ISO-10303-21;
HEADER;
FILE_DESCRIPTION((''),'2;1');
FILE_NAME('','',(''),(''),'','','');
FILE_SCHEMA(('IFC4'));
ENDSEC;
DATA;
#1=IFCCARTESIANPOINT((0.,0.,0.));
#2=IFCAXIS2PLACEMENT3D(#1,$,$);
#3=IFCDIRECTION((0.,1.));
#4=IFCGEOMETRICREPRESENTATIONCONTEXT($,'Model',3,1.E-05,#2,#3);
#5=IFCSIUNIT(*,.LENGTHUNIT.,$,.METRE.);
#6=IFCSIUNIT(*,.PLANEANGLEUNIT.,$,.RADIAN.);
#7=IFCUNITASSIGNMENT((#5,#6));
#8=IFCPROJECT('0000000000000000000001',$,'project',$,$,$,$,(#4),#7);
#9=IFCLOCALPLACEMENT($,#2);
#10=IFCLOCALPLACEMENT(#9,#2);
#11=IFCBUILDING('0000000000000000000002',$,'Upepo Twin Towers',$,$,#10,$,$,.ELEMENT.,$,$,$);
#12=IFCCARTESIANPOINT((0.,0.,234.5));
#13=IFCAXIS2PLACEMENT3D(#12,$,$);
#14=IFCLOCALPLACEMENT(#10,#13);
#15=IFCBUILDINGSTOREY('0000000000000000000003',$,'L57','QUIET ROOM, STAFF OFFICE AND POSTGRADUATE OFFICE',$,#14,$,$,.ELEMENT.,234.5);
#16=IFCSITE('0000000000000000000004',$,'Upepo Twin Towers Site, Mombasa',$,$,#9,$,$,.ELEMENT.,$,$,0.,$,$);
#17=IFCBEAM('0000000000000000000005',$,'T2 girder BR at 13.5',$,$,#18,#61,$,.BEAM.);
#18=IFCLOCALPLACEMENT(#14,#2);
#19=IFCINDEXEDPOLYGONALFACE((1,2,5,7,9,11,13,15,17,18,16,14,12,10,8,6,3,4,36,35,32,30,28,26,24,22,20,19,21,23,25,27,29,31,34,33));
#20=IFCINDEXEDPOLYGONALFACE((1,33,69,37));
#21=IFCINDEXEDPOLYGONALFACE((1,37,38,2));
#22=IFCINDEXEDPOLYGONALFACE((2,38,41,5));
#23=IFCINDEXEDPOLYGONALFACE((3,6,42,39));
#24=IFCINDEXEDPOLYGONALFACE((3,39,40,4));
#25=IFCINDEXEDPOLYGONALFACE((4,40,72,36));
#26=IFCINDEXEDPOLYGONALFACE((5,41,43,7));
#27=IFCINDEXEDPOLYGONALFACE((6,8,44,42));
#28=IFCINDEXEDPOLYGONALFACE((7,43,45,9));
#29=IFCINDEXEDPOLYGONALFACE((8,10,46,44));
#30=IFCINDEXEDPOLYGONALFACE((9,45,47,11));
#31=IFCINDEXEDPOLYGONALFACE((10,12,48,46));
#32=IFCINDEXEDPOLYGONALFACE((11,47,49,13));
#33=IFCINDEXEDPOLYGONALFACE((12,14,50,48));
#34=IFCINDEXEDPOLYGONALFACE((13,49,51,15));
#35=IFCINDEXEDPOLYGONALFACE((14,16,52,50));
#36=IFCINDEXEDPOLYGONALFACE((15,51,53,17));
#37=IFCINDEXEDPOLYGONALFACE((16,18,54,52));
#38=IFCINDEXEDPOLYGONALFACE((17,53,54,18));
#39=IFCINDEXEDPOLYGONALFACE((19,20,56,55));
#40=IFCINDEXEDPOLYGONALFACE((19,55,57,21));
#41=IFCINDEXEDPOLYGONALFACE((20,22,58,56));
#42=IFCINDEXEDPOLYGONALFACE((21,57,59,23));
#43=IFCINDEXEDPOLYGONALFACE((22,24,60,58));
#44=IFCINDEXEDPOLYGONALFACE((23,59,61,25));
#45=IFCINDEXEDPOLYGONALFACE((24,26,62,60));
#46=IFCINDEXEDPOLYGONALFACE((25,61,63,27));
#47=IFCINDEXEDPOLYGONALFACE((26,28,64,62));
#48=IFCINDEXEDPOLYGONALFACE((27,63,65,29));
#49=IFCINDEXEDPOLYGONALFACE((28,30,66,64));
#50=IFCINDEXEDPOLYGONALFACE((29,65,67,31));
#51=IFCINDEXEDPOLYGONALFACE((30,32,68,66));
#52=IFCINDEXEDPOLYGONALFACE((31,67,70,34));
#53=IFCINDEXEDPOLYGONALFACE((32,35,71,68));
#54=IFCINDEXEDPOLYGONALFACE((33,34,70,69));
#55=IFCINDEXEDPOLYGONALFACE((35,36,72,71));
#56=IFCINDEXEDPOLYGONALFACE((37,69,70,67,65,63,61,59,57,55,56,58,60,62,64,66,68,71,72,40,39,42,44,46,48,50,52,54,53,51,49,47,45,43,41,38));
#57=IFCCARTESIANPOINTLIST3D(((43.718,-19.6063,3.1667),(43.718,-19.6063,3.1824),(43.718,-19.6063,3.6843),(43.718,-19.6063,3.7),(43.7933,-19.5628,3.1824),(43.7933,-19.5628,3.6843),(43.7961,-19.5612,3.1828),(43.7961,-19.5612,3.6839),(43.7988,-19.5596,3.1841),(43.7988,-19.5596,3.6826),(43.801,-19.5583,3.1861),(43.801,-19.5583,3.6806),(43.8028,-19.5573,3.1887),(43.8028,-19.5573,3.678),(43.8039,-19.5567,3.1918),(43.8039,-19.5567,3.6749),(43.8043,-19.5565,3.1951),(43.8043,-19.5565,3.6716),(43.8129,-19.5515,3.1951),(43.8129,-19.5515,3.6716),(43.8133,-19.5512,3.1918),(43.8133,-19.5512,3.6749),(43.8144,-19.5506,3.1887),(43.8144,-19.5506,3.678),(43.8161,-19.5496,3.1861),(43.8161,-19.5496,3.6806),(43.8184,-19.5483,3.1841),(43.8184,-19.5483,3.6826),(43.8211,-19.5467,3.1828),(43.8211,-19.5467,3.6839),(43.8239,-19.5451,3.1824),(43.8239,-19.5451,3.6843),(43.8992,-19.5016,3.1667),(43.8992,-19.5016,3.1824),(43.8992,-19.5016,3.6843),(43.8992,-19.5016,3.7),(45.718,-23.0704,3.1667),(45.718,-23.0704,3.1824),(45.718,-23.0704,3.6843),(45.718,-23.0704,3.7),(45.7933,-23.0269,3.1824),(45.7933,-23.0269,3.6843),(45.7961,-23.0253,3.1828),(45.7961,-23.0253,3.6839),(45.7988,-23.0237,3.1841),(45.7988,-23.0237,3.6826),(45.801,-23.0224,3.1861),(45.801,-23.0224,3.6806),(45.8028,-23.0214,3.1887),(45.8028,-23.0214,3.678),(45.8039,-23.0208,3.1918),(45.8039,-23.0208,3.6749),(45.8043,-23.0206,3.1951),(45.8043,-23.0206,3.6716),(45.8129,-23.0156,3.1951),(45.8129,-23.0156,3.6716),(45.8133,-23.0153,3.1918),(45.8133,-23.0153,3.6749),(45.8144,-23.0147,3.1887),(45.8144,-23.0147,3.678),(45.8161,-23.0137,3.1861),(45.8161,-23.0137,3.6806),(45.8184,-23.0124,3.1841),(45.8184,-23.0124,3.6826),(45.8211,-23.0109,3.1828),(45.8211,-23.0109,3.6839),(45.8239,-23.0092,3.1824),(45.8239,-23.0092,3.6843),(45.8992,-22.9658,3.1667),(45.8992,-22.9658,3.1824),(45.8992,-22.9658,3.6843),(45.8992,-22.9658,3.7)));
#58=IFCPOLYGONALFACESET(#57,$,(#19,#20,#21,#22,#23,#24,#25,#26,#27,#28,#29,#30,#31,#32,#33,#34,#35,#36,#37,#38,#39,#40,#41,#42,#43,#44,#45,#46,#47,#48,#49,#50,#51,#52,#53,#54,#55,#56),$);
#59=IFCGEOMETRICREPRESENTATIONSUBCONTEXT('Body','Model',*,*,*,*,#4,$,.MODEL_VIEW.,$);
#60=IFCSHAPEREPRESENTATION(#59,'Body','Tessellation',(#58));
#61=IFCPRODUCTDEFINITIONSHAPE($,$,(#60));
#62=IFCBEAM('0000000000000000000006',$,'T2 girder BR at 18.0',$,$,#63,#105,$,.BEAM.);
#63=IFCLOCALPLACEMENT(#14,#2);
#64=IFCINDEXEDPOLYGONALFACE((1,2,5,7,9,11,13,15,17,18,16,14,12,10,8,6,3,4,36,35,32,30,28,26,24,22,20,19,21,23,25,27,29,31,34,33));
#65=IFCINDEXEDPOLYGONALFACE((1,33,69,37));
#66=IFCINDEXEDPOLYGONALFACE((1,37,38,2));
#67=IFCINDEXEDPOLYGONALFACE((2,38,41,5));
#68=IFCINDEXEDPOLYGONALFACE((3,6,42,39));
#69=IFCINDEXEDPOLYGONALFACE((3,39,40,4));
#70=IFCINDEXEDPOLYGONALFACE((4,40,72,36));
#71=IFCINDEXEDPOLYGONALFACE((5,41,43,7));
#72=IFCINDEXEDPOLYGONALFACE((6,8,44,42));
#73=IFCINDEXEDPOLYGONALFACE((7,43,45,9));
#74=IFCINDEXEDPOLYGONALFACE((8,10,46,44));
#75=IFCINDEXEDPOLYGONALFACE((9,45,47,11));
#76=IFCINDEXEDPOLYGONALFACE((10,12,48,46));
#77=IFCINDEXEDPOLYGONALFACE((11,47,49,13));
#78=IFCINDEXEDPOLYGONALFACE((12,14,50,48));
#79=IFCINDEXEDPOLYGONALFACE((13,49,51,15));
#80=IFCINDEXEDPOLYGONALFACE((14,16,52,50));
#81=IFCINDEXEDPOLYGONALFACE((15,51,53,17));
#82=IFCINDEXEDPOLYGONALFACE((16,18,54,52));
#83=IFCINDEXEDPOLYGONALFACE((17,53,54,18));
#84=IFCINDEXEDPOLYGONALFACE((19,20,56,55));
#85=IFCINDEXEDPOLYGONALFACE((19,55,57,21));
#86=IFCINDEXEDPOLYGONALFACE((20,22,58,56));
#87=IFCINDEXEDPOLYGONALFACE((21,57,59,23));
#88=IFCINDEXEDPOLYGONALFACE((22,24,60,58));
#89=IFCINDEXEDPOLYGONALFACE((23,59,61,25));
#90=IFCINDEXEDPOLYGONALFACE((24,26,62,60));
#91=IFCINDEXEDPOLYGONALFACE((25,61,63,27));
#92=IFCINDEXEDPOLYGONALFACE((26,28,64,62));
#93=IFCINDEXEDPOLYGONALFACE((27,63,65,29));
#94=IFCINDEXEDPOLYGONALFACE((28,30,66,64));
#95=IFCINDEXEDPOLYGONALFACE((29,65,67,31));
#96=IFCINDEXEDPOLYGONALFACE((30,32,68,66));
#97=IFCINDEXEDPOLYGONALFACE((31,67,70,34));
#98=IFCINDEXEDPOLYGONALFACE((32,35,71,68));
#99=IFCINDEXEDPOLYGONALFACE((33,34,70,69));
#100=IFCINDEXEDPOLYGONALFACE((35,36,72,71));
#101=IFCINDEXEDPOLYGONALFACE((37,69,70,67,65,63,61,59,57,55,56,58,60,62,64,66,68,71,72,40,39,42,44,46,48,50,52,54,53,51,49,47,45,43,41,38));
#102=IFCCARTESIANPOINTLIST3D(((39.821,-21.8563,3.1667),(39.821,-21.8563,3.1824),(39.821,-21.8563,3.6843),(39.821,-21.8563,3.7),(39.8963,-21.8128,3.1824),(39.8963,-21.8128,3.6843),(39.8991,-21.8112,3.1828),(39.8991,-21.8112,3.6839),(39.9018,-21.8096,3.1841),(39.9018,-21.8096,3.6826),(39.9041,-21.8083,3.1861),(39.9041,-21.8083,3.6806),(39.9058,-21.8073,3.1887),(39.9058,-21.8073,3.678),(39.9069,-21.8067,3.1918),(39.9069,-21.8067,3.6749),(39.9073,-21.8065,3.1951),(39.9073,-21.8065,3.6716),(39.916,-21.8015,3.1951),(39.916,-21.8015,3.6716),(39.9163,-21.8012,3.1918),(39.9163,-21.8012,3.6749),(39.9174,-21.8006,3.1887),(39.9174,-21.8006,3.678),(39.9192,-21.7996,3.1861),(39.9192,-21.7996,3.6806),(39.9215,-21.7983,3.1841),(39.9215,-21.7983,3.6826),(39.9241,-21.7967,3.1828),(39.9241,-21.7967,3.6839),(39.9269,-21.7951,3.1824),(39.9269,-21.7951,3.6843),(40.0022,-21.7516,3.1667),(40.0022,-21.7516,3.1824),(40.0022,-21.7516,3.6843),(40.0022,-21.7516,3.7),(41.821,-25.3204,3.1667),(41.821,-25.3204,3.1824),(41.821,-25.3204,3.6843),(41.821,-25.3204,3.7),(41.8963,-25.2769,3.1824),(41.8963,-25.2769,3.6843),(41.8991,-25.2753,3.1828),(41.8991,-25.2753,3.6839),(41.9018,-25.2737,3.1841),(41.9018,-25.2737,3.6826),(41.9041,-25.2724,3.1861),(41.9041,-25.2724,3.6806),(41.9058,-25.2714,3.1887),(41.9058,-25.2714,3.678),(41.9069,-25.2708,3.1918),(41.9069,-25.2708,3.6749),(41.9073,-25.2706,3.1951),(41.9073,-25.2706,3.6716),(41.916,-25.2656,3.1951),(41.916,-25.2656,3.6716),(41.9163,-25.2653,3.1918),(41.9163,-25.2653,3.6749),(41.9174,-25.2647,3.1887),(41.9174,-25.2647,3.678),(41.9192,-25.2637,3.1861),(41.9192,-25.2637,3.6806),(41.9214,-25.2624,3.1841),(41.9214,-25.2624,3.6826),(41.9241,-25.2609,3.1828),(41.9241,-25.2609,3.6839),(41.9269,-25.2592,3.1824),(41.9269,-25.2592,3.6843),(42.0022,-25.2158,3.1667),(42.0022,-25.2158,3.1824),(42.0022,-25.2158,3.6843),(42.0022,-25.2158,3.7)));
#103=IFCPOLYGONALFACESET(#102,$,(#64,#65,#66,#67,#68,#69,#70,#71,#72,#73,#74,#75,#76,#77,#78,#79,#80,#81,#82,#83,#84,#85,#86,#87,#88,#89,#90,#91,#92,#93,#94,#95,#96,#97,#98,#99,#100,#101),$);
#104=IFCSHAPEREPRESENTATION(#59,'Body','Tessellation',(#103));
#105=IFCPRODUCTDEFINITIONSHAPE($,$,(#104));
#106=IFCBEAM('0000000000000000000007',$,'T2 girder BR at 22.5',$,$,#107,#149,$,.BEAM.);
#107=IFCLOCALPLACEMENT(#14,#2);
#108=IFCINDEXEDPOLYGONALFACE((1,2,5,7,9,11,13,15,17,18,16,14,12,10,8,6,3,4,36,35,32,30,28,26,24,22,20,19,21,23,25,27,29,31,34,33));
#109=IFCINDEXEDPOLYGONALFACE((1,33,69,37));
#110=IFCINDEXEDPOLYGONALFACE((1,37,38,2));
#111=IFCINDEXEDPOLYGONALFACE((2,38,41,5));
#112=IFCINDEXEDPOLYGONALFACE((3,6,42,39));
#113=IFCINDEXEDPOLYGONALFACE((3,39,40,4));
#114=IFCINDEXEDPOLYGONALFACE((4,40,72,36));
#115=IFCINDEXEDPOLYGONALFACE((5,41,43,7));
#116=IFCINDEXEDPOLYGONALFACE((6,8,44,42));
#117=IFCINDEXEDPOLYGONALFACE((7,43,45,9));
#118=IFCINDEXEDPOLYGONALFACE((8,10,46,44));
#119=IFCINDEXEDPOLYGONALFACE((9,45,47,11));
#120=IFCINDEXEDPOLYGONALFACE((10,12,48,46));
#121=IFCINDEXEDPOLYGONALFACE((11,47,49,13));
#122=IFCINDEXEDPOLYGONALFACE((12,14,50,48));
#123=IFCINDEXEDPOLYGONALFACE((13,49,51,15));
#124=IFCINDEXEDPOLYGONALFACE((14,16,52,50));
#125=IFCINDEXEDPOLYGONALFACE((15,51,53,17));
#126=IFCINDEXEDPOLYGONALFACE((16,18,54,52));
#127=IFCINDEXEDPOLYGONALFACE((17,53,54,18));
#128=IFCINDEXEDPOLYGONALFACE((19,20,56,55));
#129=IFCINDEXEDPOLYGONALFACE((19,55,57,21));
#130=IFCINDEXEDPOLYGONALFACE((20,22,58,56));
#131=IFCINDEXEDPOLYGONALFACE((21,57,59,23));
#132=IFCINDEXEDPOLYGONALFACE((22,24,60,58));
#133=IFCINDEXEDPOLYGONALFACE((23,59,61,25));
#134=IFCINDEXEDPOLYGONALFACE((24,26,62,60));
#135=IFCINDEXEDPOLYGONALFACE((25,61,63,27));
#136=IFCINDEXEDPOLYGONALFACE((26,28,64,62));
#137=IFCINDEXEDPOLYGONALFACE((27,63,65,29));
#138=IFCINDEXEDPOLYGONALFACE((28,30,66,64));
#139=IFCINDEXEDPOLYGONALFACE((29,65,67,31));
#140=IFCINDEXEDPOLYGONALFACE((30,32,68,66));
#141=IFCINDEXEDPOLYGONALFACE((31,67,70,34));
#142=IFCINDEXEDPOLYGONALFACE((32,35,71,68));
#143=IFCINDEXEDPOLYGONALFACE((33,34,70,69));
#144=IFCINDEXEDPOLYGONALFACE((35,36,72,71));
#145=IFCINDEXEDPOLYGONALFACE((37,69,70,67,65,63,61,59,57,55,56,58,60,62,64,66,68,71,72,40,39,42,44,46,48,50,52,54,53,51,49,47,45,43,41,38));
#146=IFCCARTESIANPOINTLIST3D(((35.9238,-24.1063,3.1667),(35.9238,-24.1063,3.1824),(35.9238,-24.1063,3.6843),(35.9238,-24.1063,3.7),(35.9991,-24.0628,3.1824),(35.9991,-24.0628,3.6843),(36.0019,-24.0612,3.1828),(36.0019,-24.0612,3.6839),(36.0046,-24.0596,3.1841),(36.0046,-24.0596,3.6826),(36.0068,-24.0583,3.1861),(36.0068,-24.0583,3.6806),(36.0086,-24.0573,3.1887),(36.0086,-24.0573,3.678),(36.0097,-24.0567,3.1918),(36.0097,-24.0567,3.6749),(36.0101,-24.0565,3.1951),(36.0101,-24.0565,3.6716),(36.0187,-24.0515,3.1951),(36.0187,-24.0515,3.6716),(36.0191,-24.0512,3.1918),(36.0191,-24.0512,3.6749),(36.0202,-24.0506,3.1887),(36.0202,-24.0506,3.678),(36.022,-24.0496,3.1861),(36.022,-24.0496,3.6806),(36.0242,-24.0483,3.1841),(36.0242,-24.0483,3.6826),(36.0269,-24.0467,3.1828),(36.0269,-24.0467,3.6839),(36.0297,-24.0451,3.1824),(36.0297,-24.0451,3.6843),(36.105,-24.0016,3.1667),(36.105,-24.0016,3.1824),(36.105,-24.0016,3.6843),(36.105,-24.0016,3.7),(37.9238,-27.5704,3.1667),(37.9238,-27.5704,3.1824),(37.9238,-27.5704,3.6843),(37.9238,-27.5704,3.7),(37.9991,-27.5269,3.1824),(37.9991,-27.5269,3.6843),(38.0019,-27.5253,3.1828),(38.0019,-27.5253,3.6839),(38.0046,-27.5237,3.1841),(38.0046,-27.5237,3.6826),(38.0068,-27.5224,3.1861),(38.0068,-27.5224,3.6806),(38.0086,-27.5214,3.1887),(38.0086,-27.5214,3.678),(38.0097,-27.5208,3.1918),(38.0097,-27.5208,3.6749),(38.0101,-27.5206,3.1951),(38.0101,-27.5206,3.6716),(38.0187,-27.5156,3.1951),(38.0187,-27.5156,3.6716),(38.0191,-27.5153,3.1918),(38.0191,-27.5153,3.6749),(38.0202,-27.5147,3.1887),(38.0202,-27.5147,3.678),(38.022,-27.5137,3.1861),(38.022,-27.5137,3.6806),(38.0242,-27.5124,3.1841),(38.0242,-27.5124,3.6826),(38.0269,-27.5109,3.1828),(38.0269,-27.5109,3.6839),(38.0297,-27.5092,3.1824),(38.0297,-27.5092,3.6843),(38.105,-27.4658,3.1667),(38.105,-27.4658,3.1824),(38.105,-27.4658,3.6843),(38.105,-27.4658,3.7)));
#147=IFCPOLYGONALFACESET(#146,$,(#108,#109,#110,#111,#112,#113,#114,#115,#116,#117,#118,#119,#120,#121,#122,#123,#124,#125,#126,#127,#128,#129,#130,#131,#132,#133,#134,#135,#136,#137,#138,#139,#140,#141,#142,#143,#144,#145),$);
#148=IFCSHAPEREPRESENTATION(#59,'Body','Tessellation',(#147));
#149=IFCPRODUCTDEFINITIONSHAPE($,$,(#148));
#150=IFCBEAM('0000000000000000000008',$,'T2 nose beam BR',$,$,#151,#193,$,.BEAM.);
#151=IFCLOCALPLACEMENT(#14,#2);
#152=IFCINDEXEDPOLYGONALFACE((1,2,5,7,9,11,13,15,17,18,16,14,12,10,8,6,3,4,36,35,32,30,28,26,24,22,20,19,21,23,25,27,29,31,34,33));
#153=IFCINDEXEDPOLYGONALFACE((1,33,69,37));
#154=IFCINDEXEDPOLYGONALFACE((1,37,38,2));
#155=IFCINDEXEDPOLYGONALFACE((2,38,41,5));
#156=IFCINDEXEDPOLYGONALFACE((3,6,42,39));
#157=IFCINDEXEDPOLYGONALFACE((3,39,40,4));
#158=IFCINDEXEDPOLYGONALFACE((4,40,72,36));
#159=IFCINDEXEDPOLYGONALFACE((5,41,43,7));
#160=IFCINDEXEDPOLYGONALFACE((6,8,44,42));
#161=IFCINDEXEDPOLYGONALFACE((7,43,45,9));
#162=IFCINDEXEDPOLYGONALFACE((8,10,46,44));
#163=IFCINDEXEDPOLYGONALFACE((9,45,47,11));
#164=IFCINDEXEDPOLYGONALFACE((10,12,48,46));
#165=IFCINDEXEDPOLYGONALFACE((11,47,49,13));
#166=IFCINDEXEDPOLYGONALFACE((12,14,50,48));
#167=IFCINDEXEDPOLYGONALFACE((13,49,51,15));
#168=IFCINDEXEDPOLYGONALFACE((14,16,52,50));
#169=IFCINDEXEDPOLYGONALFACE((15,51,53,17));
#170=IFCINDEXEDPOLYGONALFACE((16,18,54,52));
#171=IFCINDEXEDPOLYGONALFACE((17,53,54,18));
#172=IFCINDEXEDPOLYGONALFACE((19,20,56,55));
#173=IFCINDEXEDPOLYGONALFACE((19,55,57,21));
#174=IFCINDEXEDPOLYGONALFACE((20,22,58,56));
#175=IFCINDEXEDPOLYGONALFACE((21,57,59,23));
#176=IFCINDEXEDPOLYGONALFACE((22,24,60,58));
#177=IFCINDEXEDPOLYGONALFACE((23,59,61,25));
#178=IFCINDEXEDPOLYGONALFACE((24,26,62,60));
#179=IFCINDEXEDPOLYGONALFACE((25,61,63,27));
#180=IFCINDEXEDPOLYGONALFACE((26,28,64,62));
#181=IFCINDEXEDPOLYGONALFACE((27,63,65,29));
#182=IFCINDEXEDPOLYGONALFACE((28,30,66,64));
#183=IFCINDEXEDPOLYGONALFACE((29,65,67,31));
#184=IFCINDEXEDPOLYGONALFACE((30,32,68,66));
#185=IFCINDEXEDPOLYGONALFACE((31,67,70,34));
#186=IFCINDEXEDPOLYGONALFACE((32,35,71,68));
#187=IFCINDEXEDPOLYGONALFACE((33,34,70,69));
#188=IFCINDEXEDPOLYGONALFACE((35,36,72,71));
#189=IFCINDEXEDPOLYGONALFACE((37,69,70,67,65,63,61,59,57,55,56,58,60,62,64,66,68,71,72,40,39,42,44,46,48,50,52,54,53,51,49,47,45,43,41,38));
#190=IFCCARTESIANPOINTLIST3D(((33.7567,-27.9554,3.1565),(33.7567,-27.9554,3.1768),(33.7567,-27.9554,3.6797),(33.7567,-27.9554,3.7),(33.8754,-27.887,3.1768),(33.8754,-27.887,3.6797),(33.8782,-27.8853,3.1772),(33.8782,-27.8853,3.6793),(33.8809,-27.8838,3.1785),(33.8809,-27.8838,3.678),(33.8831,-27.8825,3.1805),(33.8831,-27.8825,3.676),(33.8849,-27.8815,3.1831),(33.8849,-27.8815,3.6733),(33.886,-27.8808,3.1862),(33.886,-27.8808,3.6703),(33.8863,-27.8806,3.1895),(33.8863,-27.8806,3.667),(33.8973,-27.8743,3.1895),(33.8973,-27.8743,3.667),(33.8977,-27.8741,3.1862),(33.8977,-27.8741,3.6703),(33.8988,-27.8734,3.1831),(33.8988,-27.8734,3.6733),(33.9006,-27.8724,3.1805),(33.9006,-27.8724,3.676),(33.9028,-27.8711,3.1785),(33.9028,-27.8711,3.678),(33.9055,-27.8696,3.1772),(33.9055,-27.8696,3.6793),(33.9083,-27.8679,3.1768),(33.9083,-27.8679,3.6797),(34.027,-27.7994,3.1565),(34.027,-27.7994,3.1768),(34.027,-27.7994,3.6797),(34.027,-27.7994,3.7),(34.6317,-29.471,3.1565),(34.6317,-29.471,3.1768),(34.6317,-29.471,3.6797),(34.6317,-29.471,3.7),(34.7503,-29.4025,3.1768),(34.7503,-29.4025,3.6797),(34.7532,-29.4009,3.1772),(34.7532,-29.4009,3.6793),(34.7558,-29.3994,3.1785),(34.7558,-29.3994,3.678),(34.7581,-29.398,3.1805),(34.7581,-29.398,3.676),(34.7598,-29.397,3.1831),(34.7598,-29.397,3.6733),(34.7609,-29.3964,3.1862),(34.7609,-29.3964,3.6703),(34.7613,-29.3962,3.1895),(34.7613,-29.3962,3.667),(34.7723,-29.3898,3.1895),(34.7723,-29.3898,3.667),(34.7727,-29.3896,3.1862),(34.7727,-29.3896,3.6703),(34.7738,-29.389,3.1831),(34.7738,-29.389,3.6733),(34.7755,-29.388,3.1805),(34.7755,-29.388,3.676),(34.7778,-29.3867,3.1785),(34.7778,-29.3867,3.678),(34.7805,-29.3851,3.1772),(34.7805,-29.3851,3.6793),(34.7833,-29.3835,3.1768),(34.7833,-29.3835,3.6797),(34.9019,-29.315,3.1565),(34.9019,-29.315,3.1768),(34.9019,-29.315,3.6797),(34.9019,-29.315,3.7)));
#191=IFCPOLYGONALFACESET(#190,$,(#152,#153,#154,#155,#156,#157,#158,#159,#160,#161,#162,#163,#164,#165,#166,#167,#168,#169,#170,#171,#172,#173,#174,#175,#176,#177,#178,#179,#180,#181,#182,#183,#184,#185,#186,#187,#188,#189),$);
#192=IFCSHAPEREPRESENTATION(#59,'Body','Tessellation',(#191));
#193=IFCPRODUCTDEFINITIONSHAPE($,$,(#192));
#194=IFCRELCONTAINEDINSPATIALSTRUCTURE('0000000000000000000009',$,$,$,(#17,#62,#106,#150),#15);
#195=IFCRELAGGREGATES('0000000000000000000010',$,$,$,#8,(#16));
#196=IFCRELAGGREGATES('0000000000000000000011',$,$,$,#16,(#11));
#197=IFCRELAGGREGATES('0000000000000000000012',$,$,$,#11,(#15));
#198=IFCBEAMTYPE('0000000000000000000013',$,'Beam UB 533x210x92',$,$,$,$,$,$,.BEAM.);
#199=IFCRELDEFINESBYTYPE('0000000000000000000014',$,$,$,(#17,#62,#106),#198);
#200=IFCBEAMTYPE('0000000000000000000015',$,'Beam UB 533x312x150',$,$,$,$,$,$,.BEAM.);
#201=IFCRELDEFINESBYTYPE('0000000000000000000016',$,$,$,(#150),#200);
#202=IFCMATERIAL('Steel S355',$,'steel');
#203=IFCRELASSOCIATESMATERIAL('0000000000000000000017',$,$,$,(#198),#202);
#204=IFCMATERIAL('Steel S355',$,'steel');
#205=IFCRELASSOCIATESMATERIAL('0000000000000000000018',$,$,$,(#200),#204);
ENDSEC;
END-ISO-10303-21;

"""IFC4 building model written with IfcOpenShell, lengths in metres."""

from ifc_helpers import new_model, si_unit, direction, frame, origin, origin_2d, place, context, subcontext, project, spatial, i_section, extrude, material, material_profile, profile_set, type_object, element, save


model = new_model("IFC4")

# Units and contexts
model_context = context("Model", 3, precision=1e-05, world=origin(), true_north=direction((0.0, 1.0)))
body_context = subcontext(model_context, "Body", "Model", "MODEL_VIEW")
ifc_project = project(units=[si_unit("LENGTHUNIT", "METRE"), si_unit("PLANEANGLEUNIT", "RADIAN")], contexts=[model_context])

# Site, building, storey
site_placement = place(None, origin())
site = spatial("IfcSite", under=ifc_project, at=site_placement, Name="Upepo Twin Towers Site, Mombasa", CompositionType="ELEMENT", RefElevation=0.0)
building_placement = place(site_placement, origin())
building = spatial("IfcBuilding", under=site, at=building_placement, Name="Upepo Twin Towers", CompositionType="ELEMENT")
storey_placement = place(building_placement, frame((0.0, 0.0, 234.5)))
storey = spatial("IfcBuildingStorey", under=building, at=storey_placement, Name="L57", Description="QUIET ROOM, STAFF OFFICE AND POSTGRADUATE OFFICE", CompositionType="ELEMENT", Elevation=234.5)

# Beams
ifc_material_1 = material(Name="Steel S355", Category="steel")
ifc_material_profile_1 = material_profile(ifc_material_1, i_section(OverallWidth=0.2092, OverallDepth=0.5332, WebThickness=0.01, FlangeThickness=0.0156, FilletRadius=0.0127, at=origin_2d()), Name="UB 533x210x92")
ifc_profile_set_1 = profile_set([ifc_material_profile_1], Name="Steel S355")
beam_type_1 = type_object("IfcBeamType", Name="Beam UB 533x210x92", PredefinedType="BEAM", material=ifc_profile_set_1)
for number, where, z_axis, x_axis, name in (
    (1, (43.8086, -19.554, 3.4333), (0.499999, -0.866026, 0.0), (0.866026, 0.499999, 0.0), "T2 girder BR at 13.5"),
    (2, (39.9116, -21.804, 3.4333), (0.499999, -0.866026, 0.0), (0.866026, 0.499999, 0.0), "T2 girder BR at 18.0"),
    (3, (36.0144, -24.054, 3.4333), (0.499999, -0.866026, 0.0), (0.866026, 0.499999, 0.0), "T2 girder BR at 22.5"),
):
    element("IfcBeam", number, at=place(storey_placement, frame(where, z_axis=z_axis, x_axis=x_axis)), inside=storey, type_object=beam_type_1, Name=name, PredefinedType="BEAM", context=body_context, shape_type="SweptSolid", body=[
        extrude(i_section(OverallWidth=0.2092, OverallDepth=0.5332, WebThickness=0.01, FlangeThickness=0.0156, FilletRadius=0.0127, at=origin_2d()), origin(), (0.0, 0.0, 1.0), 4.0),
    ])
ifc_material_2 = material(Name="Steel S355", Category="steel")
ifc_material_profile_2 = material_profile(ifc_material_2, i_section(OverallWidth=0.312, OverallDepth=0.5435, WebThickness=0.0127, FlangeThickness=0.0203, FilletRadius=0.0127, at=origin_2d()), Name="UB 533x312x150")
ifc_profile_set_2 = profile_set([ifc_material_profile_2], Name="Steel S355")
beam_type_2 = type_object("IfcBeamType", Name="Beam UB 533x312x150", PredefinedType="BEAM", material=ifc_profile_set_2)
beam_1_placement = place(storey_placement, frame((33.8918, -27.8774, 3.4282), z_axis=(0.49998, -0.866037, 0.0), x_axis=(0.866037, 0.49998, 0.0)))
element("IfcBeam", 4, at=beam_1_placement, inside=storey, type_object=beam_type_2, Name="T2 nose beam BR", PredefinedType="BEAM", context=body_context, shape_type="SweptSolid", body=[
    extrude(i_section(OverallWidth=0.312, OverallDepth=0.5435, WebThickness=0.0127, FlangeThickness=0.0203, FilletRadius=0.0127, at=origin_2d()), origin(), (0.0, 0.0, 1.0), 1.75),
])

save(model, "model.ifc")
